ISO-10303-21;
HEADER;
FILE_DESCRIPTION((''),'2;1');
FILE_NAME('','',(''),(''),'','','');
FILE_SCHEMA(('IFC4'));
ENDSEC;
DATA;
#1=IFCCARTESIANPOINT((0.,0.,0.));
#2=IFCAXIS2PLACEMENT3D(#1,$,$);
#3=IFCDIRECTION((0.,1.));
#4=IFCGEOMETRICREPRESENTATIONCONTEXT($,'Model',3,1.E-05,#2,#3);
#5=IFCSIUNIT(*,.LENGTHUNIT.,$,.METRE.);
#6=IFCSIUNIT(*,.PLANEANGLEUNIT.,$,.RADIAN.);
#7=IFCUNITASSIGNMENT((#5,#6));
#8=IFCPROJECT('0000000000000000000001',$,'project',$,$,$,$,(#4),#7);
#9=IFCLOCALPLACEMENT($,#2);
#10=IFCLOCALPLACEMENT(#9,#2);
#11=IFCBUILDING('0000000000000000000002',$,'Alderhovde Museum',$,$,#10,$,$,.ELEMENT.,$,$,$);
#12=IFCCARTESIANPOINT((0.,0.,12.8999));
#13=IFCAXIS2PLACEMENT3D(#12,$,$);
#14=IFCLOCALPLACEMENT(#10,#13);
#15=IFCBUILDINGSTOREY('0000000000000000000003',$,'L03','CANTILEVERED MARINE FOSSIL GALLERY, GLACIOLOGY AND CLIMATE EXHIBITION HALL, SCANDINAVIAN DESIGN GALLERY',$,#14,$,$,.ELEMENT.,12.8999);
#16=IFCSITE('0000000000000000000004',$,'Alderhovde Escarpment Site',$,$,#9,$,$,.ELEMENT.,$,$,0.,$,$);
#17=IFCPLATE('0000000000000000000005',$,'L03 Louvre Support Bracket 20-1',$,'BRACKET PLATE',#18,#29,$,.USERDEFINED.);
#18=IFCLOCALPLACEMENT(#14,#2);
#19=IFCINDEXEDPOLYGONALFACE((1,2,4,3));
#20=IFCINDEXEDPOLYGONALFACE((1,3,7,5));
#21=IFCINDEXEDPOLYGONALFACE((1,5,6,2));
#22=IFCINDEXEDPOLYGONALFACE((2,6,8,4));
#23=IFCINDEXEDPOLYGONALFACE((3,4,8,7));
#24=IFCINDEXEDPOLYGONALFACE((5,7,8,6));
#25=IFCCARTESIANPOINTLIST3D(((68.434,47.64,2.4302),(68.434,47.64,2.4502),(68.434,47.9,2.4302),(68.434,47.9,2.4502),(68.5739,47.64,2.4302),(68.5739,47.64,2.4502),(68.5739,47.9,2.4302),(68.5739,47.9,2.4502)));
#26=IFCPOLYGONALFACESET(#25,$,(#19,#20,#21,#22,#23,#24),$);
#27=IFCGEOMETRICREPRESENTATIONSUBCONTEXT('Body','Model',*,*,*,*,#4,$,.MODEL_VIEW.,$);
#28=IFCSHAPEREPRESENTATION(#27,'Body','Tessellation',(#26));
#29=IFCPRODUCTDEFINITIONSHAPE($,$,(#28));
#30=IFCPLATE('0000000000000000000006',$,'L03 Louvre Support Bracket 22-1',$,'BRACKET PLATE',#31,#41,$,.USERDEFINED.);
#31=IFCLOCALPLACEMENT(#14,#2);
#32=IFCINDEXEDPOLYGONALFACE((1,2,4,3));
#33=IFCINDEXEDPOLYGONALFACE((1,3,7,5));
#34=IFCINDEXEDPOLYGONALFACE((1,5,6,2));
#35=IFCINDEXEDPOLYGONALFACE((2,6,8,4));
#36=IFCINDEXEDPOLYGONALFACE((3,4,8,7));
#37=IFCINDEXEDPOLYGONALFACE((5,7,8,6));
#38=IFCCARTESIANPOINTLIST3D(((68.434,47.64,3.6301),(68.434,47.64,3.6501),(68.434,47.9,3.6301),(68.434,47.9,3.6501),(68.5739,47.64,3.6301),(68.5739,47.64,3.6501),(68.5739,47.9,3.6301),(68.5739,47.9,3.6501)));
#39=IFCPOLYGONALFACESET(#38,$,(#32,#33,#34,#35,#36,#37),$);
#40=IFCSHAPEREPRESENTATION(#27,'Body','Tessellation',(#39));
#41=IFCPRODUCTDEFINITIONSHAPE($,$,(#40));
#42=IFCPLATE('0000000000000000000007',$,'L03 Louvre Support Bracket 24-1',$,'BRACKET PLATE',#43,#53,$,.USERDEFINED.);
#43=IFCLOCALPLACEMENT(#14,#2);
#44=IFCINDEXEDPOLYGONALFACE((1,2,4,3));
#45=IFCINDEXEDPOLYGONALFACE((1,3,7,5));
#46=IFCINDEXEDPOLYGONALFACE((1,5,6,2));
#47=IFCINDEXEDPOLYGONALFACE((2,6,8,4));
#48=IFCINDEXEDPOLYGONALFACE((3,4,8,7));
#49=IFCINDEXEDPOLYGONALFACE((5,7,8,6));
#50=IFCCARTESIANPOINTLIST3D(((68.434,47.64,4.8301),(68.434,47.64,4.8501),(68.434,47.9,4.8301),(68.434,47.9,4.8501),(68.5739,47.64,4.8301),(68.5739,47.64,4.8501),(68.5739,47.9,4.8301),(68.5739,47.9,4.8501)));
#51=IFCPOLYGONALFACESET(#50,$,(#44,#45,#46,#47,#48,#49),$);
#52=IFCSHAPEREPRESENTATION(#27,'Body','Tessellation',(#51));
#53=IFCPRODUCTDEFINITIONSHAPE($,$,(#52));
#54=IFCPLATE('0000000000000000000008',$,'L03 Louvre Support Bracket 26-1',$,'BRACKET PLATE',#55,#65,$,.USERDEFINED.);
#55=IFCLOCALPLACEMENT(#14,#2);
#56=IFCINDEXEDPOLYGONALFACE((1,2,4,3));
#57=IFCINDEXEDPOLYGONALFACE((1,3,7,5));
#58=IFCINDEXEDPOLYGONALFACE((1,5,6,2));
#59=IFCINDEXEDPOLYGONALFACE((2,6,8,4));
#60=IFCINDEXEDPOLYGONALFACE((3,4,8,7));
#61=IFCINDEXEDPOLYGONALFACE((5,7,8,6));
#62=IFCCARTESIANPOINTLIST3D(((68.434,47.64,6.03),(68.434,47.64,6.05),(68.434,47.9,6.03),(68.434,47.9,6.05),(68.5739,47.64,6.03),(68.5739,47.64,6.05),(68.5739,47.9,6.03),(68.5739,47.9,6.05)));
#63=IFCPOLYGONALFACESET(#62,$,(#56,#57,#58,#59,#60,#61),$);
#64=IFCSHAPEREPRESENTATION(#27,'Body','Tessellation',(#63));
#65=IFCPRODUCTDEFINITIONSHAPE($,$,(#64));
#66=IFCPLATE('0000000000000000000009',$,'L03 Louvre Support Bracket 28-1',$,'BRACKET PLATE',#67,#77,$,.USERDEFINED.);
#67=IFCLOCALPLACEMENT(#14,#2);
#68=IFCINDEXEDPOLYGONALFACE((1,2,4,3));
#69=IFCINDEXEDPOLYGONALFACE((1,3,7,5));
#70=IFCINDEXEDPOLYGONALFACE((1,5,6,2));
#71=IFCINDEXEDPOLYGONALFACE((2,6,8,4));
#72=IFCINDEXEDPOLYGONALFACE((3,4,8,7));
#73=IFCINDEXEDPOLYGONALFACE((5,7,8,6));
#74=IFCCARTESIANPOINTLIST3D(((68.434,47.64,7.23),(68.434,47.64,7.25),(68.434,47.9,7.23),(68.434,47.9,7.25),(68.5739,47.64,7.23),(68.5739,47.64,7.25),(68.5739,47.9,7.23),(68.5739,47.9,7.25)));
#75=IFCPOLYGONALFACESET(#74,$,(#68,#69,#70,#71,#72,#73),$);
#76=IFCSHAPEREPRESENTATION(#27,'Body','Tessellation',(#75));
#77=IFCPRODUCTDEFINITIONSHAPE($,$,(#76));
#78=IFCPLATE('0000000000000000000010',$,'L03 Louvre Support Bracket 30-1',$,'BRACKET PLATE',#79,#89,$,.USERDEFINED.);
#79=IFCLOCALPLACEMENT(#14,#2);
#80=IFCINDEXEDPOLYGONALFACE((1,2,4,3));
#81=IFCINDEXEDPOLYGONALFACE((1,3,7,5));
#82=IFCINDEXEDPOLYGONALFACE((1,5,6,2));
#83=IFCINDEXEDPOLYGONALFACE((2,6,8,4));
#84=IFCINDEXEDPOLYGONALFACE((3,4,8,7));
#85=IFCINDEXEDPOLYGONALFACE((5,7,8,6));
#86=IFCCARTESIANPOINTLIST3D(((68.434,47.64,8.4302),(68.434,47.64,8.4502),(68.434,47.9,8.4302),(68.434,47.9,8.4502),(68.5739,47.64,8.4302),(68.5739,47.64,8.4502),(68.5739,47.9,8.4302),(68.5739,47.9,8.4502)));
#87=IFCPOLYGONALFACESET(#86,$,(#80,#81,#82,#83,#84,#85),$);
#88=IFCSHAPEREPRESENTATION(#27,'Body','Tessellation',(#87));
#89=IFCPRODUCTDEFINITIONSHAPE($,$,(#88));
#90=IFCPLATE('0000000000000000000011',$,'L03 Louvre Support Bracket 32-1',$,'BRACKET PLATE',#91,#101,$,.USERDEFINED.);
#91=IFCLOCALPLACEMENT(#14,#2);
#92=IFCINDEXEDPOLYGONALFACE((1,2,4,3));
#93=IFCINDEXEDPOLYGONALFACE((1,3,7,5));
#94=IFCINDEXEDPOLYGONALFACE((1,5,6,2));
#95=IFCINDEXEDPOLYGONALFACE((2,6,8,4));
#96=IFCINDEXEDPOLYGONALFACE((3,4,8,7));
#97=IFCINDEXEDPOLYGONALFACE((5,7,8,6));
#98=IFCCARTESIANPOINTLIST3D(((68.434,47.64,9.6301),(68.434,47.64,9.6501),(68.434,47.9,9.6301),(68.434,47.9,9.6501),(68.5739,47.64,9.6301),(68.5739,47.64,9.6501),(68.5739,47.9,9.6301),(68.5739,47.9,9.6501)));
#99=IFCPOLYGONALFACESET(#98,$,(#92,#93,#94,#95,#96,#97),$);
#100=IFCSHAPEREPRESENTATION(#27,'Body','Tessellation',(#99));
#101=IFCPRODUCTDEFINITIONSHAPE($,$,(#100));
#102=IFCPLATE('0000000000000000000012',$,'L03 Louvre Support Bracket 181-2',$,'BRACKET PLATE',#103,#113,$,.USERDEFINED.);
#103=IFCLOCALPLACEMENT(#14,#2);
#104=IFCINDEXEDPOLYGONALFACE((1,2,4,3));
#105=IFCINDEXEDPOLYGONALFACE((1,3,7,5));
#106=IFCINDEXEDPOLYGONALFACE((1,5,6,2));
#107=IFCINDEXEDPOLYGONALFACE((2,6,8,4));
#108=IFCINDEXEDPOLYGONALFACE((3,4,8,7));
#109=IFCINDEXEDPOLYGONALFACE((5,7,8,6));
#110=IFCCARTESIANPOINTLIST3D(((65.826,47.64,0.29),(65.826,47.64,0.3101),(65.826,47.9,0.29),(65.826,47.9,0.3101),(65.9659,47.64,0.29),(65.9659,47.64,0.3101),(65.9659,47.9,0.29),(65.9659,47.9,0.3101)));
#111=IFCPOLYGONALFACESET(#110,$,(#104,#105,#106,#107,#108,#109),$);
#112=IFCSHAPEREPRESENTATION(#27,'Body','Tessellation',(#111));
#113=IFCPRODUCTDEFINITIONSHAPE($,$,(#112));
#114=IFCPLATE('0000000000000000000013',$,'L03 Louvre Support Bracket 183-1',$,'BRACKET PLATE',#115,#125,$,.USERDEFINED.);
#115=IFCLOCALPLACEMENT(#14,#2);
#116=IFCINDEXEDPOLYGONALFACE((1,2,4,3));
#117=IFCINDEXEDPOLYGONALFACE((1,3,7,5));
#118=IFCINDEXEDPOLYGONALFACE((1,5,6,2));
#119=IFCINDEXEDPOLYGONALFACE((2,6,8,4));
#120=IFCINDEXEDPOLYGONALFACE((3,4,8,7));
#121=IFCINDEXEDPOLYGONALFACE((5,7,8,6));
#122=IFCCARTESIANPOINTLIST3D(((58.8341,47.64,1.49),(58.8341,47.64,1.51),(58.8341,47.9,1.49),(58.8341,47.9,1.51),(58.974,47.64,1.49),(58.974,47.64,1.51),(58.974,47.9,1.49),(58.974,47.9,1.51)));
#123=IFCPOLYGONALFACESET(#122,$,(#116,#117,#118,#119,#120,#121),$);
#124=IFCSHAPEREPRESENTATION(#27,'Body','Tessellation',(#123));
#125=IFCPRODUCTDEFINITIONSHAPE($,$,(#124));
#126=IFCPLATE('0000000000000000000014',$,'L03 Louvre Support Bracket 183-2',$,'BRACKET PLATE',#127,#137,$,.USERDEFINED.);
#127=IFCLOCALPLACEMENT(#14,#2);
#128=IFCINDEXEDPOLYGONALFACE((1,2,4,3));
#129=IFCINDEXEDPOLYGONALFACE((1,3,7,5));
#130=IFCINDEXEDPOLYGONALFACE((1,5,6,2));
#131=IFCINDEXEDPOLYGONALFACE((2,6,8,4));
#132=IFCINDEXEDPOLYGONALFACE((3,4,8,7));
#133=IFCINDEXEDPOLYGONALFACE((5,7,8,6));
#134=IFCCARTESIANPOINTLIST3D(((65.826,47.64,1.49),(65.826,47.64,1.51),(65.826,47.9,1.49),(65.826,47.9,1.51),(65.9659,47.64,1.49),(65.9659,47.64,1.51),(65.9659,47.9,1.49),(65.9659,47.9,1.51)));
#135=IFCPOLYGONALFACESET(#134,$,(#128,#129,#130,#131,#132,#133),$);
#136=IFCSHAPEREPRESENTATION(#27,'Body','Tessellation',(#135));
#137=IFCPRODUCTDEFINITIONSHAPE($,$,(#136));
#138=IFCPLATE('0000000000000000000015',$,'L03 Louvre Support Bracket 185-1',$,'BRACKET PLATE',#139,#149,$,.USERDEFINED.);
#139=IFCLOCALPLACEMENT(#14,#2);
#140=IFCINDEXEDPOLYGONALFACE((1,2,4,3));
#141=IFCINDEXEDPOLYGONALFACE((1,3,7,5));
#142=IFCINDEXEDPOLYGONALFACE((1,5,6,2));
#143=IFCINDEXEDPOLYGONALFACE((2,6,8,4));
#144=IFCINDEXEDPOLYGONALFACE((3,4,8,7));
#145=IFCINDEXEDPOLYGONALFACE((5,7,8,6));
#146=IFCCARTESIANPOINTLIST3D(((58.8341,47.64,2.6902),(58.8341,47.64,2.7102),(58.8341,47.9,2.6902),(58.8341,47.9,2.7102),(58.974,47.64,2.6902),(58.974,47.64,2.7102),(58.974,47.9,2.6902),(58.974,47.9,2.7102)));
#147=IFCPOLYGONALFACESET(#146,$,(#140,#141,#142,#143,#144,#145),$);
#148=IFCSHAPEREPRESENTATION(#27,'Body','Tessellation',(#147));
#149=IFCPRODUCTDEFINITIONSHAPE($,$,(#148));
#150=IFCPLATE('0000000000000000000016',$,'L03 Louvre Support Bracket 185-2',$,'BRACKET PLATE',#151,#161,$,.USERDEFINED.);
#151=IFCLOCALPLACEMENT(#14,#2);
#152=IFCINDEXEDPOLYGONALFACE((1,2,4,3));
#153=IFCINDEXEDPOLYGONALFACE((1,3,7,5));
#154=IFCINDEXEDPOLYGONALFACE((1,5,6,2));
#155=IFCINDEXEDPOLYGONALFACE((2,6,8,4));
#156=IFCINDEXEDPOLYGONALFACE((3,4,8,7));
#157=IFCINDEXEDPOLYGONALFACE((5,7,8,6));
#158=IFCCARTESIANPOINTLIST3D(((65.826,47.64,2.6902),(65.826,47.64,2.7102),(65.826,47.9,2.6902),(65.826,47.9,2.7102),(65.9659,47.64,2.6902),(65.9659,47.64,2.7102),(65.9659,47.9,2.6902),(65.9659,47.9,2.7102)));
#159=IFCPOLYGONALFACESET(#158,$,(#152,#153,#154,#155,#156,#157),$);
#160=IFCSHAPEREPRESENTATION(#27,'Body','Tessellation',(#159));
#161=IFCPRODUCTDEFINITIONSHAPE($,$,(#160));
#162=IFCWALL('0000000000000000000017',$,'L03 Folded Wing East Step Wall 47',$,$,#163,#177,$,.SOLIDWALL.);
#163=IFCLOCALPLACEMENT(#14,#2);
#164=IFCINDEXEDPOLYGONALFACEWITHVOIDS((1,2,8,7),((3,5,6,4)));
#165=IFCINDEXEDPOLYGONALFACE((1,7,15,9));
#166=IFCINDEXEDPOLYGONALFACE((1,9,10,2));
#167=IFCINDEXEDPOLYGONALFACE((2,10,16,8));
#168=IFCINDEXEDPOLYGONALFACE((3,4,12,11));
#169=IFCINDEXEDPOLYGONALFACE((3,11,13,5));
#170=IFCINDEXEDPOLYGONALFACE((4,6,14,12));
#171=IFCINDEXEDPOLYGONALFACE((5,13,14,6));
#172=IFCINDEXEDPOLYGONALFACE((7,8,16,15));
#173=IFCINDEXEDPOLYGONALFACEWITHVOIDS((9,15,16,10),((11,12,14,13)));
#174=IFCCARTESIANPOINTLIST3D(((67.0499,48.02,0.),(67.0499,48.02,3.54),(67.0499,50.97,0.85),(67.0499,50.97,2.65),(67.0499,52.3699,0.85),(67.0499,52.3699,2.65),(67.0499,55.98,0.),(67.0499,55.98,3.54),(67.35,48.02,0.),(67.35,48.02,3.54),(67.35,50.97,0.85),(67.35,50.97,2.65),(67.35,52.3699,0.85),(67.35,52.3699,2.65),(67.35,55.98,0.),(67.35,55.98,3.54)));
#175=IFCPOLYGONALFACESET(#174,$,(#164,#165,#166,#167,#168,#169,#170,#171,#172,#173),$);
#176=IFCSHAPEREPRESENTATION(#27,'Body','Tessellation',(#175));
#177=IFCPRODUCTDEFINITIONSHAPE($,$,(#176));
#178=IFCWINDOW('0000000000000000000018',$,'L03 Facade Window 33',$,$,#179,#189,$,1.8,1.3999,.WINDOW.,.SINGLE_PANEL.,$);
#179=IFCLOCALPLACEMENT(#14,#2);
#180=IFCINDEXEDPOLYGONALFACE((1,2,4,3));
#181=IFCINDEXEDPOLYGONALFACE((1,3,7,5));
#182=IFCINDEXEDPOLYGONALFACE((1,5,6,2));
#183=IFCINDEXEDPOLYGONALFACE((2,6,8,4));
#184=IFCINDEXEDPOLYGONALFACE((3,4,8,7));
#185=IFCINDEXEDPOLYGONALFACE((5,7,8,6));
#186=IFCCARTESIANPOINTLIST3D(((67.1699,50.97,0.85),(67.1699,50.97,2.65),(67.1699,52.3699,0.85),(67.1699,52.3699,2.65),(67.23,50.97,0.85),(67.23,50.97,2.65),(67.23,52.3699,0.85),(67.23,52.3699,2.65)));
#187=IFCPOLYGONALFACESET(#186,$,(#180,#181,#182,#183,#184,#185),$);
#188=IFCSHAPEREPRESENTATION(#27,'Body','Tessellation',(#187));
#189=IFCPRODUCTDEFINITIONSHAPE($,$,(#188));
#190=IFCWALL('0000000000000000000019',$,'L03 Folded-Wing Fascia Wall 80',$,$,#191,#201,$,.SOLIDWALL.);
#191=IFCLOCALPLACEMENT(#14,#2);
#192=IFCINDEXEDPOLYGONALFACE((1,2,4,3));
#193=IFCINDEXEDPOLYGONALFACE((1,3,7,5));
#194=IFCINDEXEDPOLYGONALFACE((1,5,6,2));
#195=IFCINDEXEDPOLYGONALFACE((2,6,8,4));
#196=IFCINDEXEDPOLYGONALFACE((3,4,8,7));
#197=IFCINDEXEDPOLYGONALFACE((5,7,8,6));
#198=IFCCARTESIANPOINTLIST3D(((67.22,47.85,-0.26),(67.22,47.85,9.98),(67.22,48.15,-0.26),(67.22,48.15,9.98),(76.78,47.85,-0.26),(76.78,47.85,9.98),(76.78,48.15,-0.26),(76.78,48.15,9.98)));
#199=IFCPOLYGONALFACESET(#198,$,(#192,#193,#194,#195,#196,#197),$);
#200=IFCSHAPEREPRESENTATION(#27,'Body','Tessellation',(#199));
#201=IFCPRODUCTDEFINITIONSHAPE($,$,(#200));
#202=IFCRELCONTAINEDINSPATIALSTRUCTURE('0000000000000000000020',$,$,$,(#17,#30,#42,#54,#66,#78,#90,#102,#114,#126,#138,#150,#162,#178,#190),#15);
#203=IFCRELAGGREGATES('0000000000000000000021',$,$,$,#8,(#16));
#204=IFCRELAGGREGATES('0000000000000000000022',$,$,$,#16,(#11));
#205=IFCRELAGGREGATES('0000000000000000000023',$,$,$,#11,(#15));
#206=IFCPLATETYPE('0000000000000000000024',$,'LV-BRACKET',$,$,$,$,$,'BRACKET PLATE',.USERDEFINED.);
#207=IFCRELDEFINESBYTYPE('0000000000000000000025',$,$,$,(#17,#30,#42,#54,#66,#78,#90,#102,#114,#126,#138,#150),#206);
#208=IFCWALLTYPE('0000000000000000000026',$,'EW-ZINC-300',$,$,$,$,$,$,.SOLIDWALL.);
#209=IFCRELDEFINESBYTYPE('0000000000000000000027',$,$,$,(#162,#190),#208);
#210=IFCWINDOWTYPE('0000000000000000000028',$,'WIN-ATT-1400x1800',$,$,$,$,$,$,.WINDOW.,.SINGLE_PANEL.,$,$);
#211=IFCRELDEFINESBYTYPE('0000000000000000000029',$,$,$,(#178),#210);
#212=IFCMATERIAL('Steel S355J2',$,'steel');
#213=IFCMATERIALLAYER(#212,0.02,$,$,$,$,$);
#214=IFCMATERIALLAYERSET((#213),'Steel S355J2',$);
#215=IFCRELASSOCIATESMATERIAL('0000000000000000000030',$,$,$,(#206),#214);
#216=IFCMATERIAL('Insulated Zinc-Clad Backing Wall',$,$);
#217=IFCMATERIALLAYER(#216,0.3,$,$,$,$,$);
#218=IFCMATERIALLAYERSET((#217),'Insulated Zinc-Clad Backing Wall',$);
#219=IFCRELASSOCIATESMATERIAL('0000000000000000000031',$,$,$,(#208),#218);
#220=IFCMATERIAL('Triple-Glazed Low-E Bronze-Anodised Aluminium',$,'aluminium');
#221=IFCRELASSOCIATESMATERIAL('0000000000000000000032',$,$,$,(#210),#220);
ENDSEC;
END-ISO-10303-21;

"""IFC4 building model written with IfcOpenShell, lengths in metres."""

from ifc_helpers import new_model, si_unit, direction, frame, frame_2d, origin, origin_2d, place, context, subcontext, project, spatial, rectangle, extrude, material, layer, layer_set, type_object, element, fill, save


model = new_model("IFC4")

# Units and contexts
model_context = context("Model", 3, precision=1e-05, world=origin(), true_north=direction((0.0, 1.0)))
body_context = subcontext(model_context, "Body", "Model", "MODEL_VIEW")
ifc_project = project(units=[si_unit("LENGTHUNIT", "METRE"), si_unit("PLANEANGLEUNIT", "RADIAN")], contexts=[model_context])

# Site, building, storey
site_placement = place(None, origin())
site = spatial("IfcSite", under=ifc_project, at=site_placement, Name="Alderhovde Escarpment Site", CompositionType="ELEMENT", RefElevation=0.0)
building_placement = place(site_placement, origin())
building = spatial("IfcBuilding", under=site, at=building_placement, Name="Alderhovde Museum", CompositionType="ELEMENT")
storey_placement = place(building_placement, frame((0.0, 0.0, 12.8999)))
storey = spatial("IfcBuildingStorey", under=building, at=storey_placement, Name="L03", Description="CANTILEVERED MARINE FOSSIL GALLERY, GLACIOLOGY AND CLIMATE EXHIBITION HALL, SCANDINAVIAN DESIGN GALLERY", CompositionType="ELEMENT", Elevation=12.8999)

# Plates
ifc_material_1 = material(Name="Steel S355J2", Category="steel")
ifc_layer_1 = layer(ifc_material_1, 0.02)
ifc_layer_set_1 = layer_set([ifc_layer_1], Name="Steel S355J2")
plate_type_1 = type_object("IfcPlateType", Name="LV-BRACKET", ElementType="BRACKET PLATE", PredefinedType="USERDEFINED", material=ifc_layer_set_1)
for number, where, z_axis, x_axis, name in (
    (1, (68.5039, 47.77, 2.4302), (0.0, 0.0, 1.0), (1.0, 0.0, 0.0), "L03 Louvre Support Bracket 20-1"),
    (2, (68.5039, 47.77, 3.6301), (0.0, 0.0, 1.0), (1.0, 0.0, 0.0), "L03 Louvre Support Bracket 22-1"),
    (3, (68.5039, 47.77, 4.8301), (0.0, 0.0, 1.0), (1.0, 0.0, 0.0), "L03 Louvre Support Bracket 24-1"),
    (4, (68.5039, 47.77, 6.03), (0.0, 0.0, 1.0), (1.0, 0.0, 0.0), "L03 Louvre Support Bracket 26-1"),
    (5, (68.5039, 47.77, 7.23), (0.0, 0.0, 1.0), (1.0, 0.0, 0.0), "L03 Louvre Support Bracket 28-1"),
    (6, (68.5039, 47.77, 8.4302), (0.0, 0.0, 1.0), (1.0, 0.0, 0.0), "L03 Louvre Support Bracket 30-1"),
    (7, (68.5039, 47.77, 9.6301), (0.0, 0.0, 1.0), (1.0, 0.0, 0.0), "L03 Louvre Support Bracket 32-1"),
    (8, (65.896, 47.77, 0.29), (0.0, 0.0, 1.0), (1.0, 0.0, 0.0), "L03 Louvre Support Bracket 181-2"),
    (9, (58.9041, 47.77, 1.49), (0.0, 0.0, 1.0), (1.0, 0.0, 0.0), "L03 Louvre Support Bracket 183-1"),
    (10, (65.896, 47.77, 1.49), (0.0, 0.0, 1.0), (1.0, 0.0, 0.0), "L03 Louvre Support Bracket 183-2"),
    (11, (58.9041, 47.77, 2.6902), (0.0, 0.0, 1.0), (1.0, 0.0, 0.0), "L03 Louvre Support Bracket 185-1"),
    (12, (65.896, 47.77, 2.6902), (0.0, 0.0, 1.0), (1.0, 0.0, 0.0), "L03 Louvre Support Bracket 185-2"),
):
    element("IfcPlate", number, at=place(storey_placement, frame(where, z_axis=z_axis, x_axis=x_axis)), inside=storey, type_object=plate_type_1, Name=name, ObjectType="BRACKET PLATE", PredefinedType="USERDEFINED", context=body_context, shape_type="SweptSolid", body=[
        extrude(rectangle(XDim=0.1399, YDim=0.26, at=origin_2d()), origin(), (0.0, 0.0, 1.0), 0.02),
    ])

# Wall, opening, window
ifc_material_2 = material(Name="Insulated Zinc-Clad Backing Wall")
ifc_layer_2 = layer(ifc_material_2, 0.3)
ifc_layer_set_2 = layer_set([ifc_layer_2], Name="Insulated Zinc-Clad Backing Wall")
wall_type = type_object("IfcWallType", Name="EW-ZINC-300", PredefinedType="SOLIDWALL", material=ifc_layer_set_2)
wall_1_placement = place(storey_placement, frame((67.2, 48.02, 0.0), z_axis=(0.0, 0.0, 1.0), x_axis=(0.0, 1.0, 0.0)))
wall_1 = element("IfcWall", 13, at=wall_1_placement, inside=storey, type_object=wall_type, Name="L03 Folded Wing East Step Wall 47", PredefinedType="SOLIDWALL", context=body_context, shape_type="SweptSolid", body=[
    extrude(rectangle(XDim=7.96, YDim=0.3, at=frame_2d((3.98, 0.0))), origin(), (0.0, 0.0, 1.0), 3.54),
])
opening_placement = place(wall_1_placement, frame((2.95, 0.0, 0.8501)))
opening = element("IfcOpeningElement", 14, at=opening_placement, cuts=wall_1, PredefinedType="OPENING", context=body_context, shape_type="SweptSolid", body=[
    extrude(rectangle(XDim=1.3999, YDim=1.8, at=frame_2d((0.7, 0.8999))), frame((0.0, 0.1599, 0.0), z_axis=(0.0, -1.0, 0.0), x_axis=(1.0, 0.0, 0.0)), (0.0, 0.0, 1.0), 0.3201),
])
ifc_material_3 = material(Name="Triple-Glazed Low-E Bronze-Anodised Aluminium", Category="aluminium")
window_type = type_object("IfcWindowType", Name="WIN-ATT-1400x1800", PartitioningType="SINGLE_PANEL", PredefinedType="WINDOW", material=ifc_material_3)
window_placement = place(opening_placement, origin())
window = element("IfcWindow", 15, at=window_placement, inside=storey, type_object=window_type, Name="L03 Facade Window 33", OverallHeight=1.8, OverallWidth=1.3999, PartitioningType="SINGLE_PANEL", PredefinedType="WINDOW", context=body_context, shape_type="SweptSolid", body=[
    extrude(rectangle(XDim=1.3999, YDim=1.8, at=frame_2d((0.7, 0.8999))), frame((0.0, 0.03, 0.0), z_axis=(0.0, -1.0, 0.0), x_axis=(1.0, 0.0, 0.0)), (0.0, 0.0, 1.0), 0.0601),
])
fill(opening, window)

# Wall
wall_2_placement = place(storey_placement, frame((67.22, 48.0, -0.26), z_axis=(0.0, 0.0, 1.0), x_axis=(1.0, 0.0, 0.0)))
element("IfcWall", 16, at=wall_2_placement, inside=storey, type_object=wall_type, Name="L03 Folded-Wing Fascia Wall 80", PredefinedType="SOLIDWALL", context=body_context, shape_type="SweptSolid", body=[
    extrude(rectangle(XDim=9.5601, YDim=0.3, at=frame_2d((4.78, 0.0))), origin(), (0.0, 0.0, 1.0), 10.24),
])

save(model, "model.ifc")
